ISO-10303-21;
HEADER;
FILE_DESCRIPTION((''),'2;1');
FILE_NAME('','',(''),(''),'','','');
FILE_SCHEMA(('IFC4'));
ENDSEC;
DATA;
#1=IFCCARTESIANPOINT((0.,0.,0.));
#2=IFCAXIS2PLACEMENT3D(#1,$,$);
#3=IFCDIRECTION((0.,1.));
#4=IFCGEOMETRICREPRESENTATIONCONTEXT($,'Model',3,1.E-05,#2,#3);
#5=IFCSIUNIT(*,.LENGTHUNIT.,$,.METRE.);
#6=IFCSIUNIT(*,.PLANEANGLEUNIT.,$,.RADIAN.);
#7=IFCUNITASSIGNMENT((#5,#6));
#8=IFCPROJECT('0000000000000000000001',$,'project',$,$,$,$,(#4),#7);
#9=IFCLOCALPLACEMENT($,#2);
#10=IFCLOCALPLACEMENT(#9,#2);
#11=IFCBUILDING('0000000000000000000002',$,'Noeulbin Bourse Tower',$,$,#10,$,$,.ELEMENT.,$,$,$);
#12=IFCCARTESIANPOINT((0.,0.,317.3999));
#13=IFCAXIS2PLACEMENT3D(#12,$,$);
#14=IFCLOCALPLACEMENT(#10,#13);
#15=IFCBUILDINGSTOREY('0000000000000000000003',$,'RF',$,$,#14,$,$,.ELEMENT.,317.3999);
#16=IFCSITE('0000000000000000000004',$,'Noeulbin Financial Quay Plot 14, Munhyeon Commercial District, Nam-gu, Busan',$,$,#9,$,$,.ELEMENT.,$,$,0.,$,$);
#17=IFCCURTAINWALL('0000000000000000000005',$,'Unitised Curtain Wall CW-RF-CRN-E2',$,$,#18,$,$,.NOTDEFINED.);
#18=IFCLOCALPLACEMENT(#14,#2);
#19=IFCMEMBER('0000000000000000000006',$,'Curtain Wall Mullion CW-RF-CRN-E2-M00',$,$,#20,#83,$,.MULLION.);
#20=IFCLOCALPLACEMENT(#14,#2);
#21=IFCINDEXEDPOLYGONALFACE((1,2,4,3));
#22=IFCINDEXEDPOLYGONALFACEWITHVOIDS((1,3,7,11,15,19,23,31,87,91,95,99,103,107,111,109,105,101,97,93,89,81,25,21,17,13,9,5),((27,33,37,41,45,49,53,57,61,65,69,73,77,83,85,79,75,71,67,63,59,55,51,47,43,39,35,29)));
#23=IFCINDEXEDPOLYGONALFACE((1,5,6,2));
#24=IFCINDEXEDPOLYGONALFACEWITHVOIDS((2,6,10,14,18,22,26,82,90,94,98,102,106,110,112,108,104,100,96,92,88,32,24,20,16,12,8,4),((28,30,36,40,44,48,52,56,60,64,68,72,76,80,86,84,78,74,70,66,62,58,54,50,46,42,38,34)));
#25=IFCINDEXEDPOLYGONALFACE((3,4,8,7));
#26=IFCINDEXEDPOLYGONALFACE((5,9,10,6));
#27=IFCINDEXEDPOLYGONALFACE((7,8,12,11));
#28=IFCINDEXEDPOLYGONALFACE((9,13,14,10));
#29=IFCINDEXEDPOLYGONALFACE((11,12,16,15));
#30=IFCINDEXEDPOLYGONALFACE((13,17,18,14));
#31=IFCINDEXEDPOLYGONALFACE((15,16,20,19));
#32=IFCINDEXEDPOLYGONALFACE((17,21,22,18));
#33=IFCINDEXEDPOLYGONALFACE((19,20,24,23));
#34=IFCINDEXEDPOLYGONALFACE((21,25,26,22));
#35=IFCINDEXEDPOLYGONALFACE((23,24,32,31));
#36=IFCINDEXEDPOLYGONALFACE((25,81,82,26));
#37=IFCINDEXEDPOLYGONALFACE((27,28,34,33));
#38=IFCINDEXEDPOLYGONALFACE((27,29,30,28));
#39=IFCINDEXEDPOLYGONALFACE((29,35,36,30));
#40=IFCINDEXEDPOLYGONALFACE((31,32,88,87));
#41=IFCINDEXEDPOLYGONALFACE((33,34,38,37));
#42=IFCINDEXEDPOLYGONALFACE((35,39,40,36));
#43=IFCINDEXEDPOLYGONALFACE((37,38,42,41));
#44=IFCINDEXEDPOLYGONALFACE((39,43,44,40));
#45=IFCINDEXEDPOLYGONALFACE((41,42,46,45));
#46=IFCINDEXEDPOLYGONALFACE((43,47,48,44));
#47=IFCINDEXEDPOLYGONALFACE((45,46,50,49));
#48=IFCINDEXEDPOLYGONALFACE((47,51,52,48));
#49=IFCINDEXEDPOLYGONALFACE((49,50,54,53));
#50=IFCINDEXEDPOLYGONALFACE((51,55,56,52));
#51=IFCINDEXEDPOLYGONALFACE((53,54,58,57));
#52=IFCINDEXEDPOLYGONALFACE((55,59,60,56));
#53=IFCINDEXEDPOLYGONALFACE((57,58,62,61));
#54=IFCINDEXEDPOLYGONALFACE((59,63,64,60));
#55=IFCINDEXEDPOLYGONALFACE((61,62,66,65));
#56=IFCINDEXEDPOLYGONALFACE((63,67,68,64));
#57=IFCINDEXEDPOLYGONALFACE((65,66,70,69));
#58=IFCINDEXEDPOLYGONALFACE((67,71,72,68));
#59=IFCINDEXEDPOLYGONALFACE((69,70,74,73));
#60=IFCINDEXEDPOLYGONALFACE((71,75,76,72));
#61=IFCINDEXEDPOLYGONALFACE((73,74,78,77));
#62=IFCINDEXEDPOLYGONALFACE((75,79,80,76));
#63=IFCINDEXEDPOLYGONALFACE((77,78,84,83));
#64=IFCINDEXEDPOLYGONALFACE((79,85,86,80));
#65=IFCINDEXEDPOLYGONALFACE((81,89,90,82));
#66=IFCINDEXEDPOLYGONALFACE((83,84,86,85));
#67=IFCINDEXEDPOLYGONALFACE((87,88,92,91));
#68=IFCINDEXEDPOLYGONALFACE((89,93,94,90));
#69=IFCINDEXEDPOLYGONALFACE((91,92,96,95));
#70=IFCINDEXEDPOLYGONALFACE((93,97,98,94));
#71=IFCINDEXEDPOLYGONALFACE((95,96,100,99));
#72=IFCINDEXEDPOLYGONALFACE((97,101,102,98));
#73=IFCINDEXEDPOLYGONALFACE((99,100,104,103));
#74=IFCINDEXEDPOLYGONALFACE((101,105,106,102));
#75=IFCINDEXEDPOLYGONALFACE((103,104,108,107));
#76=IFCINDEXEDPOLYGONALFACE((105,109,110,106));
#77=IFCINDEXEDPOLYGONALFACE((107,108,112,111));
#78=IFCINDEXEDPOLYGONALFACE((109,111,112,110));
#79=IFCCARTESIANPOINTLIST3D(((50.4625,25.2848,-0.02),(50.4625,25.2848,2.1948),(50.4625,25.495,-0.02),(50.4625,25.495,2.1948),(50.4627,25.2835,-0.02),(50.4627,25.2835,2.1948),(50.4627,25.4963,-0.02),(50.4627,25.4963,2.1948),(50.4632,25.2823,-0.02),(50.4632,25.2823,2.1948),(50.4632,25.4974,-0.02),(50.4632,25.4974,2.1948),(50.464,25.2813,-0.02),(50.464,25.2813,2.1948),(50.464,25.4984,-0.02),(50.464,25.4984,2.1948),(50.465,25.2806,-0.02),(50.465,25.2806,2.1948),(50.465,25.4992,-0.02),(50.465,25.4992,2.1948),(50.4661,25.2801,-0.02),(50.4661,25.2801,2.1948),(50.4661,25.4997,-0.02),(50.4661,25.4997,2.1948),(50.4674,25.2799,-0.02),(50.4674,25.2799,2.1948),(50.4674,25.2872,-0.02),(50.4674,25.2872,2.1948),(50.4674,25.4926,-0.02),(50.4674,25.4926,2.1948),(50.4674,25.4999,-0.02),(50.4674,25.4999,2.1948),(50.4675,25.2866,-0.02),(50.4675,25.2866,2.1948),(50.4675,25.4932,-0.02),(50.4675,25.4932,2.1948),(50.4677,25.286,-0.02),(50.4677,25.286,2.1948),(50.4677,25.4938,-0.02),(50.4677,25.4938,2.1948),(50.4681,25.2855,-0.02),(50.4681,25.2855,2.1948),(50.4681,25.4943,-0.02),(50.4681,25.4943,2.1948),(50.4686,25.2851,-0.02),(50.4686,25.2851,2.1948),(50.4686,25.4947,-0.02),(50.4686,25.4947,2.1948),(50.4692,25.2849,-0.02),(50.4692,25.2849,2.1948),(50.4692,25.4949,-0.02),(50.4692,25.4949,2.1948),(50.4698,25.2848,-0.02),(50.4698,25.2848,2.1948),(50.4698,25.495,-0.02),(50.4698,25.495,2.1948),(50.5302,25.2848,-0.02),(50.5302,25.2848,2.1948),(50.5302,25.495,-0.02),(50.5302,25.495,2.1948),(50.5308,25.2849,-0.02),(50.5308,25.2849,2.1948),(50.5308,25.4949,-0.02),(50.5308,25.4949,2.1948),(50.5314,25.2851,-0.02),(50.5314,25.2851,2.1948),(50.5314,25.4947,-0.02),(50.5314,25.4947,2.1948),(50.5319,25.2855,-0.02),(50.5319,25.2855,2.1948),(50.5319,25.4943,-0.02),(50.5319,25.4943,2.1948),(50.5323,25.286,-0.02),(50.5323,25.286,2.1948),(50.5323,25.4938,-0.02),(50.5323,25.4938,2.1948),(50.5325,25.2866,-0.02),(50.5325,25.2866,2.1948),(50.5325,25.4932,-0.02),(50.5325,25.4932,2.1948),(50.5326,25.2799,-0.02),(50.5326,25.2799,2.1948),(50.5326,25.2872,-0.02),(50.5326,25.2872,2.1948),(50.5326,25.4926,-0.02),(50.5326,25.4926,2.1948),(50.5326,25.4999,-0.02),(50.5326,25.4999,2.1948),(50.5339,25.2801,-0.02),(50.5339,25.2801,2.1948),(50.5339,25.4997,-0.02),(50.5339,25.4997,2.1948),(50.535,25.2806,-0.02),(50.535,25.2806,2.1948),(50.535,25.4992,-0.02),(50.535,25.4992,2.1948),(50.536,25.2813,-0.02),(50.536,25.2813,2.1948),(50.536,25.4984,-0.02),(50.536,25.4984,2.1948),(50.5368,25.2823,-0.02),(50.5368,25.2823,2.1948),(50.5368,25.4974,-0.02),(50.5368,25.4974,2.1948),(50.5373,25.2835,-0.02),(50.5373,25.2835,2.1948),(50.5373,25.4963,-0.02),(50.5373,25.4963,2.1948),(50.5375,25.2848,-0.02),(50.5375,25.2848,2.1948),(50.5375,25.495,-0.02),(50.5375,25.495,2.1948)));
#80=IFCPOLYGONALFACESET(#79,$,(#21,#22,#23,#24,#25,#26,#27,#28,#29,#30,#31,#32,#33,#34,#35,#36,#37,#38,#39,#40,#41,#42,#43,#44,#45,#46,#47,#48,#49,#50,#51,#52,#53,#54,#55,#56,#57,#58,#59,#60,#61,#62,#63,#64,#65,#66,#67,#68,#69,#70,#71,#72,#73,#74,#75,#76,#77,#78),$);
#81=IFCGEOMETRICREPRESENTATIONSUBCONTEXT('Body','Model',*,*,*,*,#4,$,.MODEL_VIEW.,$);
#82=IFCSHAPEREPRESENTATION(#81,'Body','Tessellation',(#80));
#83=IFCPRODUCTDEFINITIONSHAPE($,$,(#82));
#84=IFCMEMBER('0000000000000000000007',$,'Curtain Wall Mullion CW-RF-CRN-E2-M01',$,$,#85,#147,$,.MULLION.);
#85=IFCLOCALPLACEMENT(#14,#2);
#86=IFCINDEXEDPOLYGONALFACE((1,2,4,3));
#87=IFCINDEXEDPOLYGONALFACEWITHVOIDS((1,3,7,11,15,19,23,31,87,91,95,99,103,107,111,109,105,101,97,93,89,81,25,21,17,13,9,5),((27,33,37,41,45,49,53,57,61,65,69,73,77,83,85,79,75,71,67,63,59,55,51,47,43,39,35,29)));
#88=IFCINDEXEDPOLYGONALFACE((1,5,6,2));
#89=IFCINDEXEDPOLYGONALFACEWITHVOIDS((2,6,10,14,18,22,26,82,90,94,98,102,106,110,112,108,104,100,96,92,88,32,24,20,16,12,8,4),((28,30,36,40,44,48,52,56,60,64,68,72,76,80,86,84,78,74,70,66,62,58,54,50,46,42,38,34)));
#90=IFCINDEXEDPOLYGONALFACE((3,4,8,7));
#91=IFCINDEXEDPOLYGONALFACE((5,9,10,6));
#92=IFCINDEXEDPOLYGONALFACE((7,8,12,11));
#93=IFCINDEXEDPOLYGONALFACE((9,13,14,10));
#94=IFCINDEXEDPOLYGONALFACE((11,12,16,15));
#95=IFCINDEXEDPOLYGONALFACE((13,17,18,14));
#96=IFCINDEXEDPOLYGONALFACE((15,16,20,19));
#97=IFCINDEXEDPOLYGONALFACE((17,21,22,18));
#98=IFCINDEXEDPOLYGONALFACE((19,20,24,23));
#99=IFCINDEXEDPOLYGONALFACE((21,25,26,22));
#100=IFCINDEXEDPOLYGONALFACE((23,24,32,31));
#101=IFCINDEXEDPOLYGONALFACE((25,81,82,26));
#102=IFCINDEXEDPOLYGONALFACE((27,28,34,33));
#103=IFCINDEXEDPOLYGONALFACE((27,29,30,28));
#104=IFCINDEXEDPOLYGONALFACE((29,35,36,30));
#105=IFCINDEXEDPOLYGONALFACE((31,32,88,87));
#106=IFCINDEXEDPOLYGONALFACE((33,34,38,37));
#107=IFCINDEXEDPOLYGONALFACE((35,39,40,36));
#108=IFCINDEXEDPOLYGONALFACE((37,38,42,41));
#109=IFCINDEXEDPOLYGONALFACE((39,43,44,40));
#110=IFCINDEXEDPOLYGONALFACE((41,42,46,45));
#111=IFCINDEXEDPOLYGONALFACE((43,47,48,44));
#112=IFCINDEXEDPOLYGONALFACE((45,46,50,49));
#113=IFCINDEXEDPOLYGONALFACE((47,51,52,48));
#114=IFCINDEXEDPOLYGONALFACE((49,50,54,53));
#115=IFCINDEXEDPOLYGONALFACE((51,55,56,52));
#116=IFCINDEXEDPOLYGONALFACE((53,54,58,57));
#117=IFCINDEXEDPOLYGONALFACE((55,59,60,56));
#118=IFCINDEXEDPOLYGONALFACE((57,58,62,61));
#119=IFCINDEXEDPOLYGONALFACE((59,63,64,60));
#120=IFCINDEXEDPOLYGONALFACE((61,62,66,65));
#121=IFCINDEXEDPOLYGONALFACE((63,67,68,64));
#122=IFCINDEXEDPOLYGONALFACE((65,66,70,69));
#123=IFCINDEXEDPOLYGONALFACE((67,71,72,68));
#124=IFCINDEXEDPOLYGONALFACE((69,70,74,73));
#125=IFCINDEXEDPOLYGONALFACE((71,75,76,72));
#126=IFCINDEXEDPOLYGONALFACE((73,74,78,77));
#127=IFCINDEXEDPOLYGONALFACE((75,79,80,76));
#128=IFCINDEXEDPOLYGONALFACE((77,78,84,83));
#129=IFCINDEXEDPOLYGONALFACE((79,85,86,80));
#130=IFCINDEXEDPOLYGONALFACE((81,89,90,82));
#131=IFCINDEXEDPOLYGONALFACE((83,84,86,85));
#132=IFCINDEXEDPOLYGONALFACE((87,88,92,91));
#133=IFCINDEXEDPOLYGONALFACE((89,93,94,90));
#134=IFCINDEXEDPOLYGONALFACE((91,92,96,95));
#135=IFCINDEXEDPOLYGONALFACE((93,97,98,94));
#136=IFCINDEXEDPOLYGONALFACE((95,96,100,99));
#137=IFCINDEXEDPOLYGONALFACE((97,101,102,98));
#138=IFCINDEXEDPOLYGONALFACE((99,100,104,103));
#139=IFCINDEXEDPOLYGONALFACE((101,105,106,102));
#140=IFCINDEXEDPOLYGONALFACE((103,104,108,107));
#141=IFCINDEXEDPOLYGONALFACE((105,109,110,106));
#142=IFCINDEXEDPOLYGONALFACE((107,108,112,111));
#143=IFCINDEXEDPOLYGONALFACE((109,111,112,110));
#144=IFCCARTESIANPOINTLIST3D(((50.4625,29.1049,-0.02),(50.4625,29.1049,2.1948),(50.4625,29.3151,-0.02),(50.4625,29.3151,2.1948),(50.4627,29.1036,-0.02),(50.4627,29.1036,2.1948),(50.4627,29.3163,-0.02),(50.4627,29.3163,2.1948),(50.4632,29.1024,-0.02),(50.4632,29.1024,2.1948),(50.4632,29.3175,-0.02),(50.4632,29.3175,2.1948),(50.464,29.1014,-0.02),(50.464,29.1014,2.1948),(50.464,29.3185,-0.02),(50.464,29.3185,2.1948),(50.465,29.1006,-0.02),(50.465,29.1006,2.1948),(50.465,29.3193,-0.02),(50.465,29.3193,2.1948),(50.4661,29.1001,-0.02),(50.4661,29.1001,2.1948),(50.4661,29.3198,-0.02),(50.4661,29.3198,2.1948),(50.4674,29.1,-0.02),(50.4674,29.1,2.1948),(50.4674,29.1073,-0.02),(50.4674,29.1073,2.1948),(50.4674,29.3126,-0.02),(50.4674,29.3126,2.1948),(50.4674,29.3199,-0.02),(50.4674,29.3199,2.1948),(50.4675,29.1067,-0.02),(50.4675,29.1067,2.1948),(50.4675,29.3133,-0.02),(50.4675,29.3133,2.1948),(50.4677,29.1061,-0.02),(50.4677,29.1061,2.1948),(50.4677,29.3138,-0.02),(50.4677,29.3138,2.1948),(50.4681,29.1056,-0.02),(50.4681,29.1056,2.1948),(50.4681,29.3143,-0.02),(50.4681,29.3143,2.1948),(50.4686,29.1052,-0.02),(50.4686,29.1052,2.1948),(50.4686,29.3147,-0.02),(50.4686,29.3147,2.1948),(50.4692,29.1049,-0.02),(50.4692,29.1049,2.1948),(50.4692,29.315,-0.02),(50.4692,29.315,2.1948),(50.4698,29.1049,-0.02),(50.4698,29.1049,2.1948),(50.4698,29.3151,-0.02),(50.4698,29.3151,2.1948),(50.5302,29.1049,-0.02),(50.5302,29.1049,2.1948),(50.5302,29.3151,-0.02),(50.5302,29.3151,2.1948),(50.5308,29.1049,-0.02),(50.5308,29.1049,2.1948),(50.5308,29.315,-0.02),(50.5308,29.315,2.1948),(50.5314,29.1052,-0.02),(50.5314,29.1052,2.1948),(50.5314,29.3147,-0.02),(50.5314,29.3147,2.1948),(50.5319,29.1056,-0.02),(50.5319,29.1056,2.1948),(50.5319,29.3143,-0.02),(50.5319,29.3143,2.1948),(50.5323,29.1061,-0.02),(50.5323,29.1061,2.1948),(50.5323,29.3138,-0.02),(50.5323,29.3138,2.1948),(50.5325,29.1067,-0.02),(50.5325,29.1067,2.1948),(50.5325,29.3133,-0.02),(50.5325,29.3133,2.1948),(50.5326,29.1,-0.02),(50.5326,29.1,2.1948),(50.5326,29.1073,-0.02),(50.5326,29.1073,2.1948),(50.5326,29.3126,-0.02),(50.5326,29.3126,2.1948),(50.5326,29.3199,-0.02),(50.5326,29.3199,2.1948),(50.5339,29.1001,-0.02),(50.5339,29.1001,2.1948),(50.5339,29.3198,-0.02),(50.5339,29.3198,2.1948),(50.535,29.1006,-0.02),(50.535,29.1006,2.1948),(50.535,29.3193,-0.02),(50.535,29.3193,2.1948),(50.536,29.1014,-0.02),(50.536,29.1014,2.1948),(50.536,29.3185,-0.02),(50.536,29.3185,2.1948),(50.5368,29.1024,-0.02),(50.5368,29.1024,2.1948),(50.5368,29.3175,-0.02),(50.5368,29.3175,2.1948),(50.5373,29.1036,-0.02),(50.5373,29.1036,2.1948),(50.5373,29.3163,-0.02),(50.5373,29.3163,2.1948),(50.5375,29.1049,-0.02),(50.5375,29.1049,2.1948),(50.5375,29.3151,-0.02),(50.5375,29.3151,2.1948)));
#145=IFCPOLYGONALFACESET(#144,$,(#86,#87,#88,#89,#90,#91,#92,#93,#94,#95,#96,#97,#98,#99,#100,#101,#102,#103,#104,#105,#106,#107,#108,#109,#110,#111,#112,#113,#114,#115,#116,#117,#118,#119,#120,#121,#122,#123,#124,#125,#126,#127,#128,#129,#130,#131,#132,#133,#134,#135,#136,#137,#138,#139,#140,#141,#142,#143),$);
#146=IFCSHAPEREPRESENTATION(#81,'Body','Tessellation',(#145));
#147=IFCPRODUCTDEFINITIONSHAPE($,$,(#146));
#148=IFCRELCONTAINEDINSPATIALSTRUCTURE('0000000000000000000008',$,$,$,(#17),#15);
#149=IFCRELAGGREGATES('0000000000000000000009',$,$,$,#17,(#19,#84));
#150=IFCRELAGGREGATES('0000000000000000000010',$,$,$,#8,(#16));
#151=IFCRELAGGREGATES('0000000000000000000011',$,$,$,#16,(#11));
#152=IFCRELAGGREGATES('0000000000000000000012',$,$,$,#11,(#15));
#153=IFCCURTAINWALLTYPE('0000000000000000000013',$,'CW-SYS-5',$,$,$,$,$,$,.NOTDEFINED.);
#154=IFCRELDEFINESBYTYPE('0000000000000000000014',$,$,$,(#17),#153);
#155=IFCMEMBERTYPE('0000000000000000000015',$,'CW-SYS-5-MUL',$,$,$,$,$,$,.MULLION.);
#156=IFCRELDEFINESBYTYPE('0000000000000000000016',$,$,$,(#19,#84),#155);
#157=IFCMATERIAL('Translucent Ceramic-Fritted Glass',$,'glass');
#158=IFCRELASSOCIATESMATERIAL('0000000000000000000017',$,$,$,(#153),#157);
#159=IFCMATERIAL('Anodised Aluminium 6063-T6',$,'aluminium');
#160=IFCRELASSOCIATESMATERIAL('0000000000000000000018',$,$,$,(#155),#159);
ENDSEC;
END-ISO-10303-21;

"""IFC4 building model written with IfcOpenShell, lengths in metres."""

from ifc_helpers import new_model, si_unit, direction, frame, origin, origin_2d, place, context, subcontext, project, spatial, hollow_rectangle, extrude, material, material_profile, profile_set, type_object, element, aggregate, save


model = new_model("IFC4")

# Units and contexts
model_context = context("Model", 3, precision=1e-05, world=origin(), true_north=direction((0.0, 1.0)))
body_context = subcontext(model_context, "Body", "Model", "MODEL_VIEW")
ifc_project = project(units=[si_unit("LENGTHUNIT", "METRE"), si_unit("PLANEANGLEUNIT", "RADIAN")], contexts=[model_context])

# Site, building, storey
site_placement = place(None, origin())
site = spatial("IfcSite", under=ifc_project, at=site_placement, Name="Noeulbin Financial Quay Plot 14, Munhyeon Commercial District, Nam-gu, Busan", CompositionType="ELEMENT", RefElevation=0.0)
building_placement = place(site_placement, origin())
building = spatial("IfcBuilding", under=site, at=building_placement, Name="Noeulbin Bourse Tower", CompositionType="ELEMENT")
storey_placement = place(building_placement, frame((0.0, 0.0, 317.3999)))
storey = spatial("IfcBuildingStorey", under=building, at=storey_placement, Name="RF", CompositionType="ELEMENT", Elevation=317.3999)

# Curtain wall, members
ifc_material_1 = material(Name="Translucent Ceramic-Fritted Glass", Category="glass")
curtain_wall_type = type_object("IfcCurtainWallType", Name="CW-SYS-5", PredefinedType="NOTDEFINED", material=ifc_material_1)
curtain_wall_1_placement = place(storey_placement, origin())
curtain_wall_1 = element("IfcCurtainWall", 1, at=curtain_wall_1_placement, inside=storey, type_object=curtain_wall_type, Name="Unitised Curtain Wall CW-RF-CRN-E2", PredefinedType="NOTDEFINED")
ifc_material_2 = material(Name="Anodised Aluminium 6063-T6", Category="aluminium")
ifc_material_profile_1 = material_profile(ifc_material_2, hollow_rectangle(XDim=0.075, YDim=0.22, WallThickness=0.0049, InnerFilletRadius=0.0024, OuterFilletRadius=0.0049, at=origin_2d()), Name="ALU-MULL-75x220x5", Category="LoadBearing")
ifc_profile_set_1 = profile_set([ifc_material_profile_1], Name="Anodised Aluminium 6063-T6")
member_type_1 = type_object("IfcMemberType", Name="CW-SYS-5-MUL", PredefinedType="MULLION", material=ifc_profile_set_1)
member_1_placement = place(storey_placement, frame((50.5, 25.3899, -0.02), z_axis=(0.0, 0.0, 1.0), x_axis=(1.0, 0.0, 0.0)))
member_1 = element("IfcMember", 2, at=member_1_placement, type_object=member_type_1, Name="Curtain Wall Mullion CW-RF-CRN-E2-M00", PredefinedType="MULLION", context=body_context, shape_type="SweptSolid", body=[
    extrude(hollow_rectangle(XDim=0.075, YDim=0.22, WallThickness=0.0049, InnerFilletRadius=0.0024, OuterFilletRadius=0.0049, at=origin_2d()), origin(), (0.0, 0.0, 1.0), 2.2148),
])
member_2_placement = place(storey_placement, frame((50.5, 29.21, -0.02), z_axis=(0.0, 0.0, 1.0), x_axis=(1.0, 0.0, 0.0)))
member_2 = element("IfcMember", 3, at=member_2_placement, type_object=member_type_1, Name="Curtain Wall Mullion CW-RF-CRN-E2-M01", PredefinedType="MULLION", context=body_context, shape_type="SweptSolid", body=[
    extrude(hollow_rectangle(XDim=0.075, YDim=0.22, WallThickness=0.0049, InnerFilletRadius=0.0024, OuterFilletRadius=0.0049, at=origin_2d()), origin(), (0.0, 0.0, 1.0), 2.2148),
])

aggregate(curtain_wall_1, [member_1, member_2])

save(model, "model.ifc")
